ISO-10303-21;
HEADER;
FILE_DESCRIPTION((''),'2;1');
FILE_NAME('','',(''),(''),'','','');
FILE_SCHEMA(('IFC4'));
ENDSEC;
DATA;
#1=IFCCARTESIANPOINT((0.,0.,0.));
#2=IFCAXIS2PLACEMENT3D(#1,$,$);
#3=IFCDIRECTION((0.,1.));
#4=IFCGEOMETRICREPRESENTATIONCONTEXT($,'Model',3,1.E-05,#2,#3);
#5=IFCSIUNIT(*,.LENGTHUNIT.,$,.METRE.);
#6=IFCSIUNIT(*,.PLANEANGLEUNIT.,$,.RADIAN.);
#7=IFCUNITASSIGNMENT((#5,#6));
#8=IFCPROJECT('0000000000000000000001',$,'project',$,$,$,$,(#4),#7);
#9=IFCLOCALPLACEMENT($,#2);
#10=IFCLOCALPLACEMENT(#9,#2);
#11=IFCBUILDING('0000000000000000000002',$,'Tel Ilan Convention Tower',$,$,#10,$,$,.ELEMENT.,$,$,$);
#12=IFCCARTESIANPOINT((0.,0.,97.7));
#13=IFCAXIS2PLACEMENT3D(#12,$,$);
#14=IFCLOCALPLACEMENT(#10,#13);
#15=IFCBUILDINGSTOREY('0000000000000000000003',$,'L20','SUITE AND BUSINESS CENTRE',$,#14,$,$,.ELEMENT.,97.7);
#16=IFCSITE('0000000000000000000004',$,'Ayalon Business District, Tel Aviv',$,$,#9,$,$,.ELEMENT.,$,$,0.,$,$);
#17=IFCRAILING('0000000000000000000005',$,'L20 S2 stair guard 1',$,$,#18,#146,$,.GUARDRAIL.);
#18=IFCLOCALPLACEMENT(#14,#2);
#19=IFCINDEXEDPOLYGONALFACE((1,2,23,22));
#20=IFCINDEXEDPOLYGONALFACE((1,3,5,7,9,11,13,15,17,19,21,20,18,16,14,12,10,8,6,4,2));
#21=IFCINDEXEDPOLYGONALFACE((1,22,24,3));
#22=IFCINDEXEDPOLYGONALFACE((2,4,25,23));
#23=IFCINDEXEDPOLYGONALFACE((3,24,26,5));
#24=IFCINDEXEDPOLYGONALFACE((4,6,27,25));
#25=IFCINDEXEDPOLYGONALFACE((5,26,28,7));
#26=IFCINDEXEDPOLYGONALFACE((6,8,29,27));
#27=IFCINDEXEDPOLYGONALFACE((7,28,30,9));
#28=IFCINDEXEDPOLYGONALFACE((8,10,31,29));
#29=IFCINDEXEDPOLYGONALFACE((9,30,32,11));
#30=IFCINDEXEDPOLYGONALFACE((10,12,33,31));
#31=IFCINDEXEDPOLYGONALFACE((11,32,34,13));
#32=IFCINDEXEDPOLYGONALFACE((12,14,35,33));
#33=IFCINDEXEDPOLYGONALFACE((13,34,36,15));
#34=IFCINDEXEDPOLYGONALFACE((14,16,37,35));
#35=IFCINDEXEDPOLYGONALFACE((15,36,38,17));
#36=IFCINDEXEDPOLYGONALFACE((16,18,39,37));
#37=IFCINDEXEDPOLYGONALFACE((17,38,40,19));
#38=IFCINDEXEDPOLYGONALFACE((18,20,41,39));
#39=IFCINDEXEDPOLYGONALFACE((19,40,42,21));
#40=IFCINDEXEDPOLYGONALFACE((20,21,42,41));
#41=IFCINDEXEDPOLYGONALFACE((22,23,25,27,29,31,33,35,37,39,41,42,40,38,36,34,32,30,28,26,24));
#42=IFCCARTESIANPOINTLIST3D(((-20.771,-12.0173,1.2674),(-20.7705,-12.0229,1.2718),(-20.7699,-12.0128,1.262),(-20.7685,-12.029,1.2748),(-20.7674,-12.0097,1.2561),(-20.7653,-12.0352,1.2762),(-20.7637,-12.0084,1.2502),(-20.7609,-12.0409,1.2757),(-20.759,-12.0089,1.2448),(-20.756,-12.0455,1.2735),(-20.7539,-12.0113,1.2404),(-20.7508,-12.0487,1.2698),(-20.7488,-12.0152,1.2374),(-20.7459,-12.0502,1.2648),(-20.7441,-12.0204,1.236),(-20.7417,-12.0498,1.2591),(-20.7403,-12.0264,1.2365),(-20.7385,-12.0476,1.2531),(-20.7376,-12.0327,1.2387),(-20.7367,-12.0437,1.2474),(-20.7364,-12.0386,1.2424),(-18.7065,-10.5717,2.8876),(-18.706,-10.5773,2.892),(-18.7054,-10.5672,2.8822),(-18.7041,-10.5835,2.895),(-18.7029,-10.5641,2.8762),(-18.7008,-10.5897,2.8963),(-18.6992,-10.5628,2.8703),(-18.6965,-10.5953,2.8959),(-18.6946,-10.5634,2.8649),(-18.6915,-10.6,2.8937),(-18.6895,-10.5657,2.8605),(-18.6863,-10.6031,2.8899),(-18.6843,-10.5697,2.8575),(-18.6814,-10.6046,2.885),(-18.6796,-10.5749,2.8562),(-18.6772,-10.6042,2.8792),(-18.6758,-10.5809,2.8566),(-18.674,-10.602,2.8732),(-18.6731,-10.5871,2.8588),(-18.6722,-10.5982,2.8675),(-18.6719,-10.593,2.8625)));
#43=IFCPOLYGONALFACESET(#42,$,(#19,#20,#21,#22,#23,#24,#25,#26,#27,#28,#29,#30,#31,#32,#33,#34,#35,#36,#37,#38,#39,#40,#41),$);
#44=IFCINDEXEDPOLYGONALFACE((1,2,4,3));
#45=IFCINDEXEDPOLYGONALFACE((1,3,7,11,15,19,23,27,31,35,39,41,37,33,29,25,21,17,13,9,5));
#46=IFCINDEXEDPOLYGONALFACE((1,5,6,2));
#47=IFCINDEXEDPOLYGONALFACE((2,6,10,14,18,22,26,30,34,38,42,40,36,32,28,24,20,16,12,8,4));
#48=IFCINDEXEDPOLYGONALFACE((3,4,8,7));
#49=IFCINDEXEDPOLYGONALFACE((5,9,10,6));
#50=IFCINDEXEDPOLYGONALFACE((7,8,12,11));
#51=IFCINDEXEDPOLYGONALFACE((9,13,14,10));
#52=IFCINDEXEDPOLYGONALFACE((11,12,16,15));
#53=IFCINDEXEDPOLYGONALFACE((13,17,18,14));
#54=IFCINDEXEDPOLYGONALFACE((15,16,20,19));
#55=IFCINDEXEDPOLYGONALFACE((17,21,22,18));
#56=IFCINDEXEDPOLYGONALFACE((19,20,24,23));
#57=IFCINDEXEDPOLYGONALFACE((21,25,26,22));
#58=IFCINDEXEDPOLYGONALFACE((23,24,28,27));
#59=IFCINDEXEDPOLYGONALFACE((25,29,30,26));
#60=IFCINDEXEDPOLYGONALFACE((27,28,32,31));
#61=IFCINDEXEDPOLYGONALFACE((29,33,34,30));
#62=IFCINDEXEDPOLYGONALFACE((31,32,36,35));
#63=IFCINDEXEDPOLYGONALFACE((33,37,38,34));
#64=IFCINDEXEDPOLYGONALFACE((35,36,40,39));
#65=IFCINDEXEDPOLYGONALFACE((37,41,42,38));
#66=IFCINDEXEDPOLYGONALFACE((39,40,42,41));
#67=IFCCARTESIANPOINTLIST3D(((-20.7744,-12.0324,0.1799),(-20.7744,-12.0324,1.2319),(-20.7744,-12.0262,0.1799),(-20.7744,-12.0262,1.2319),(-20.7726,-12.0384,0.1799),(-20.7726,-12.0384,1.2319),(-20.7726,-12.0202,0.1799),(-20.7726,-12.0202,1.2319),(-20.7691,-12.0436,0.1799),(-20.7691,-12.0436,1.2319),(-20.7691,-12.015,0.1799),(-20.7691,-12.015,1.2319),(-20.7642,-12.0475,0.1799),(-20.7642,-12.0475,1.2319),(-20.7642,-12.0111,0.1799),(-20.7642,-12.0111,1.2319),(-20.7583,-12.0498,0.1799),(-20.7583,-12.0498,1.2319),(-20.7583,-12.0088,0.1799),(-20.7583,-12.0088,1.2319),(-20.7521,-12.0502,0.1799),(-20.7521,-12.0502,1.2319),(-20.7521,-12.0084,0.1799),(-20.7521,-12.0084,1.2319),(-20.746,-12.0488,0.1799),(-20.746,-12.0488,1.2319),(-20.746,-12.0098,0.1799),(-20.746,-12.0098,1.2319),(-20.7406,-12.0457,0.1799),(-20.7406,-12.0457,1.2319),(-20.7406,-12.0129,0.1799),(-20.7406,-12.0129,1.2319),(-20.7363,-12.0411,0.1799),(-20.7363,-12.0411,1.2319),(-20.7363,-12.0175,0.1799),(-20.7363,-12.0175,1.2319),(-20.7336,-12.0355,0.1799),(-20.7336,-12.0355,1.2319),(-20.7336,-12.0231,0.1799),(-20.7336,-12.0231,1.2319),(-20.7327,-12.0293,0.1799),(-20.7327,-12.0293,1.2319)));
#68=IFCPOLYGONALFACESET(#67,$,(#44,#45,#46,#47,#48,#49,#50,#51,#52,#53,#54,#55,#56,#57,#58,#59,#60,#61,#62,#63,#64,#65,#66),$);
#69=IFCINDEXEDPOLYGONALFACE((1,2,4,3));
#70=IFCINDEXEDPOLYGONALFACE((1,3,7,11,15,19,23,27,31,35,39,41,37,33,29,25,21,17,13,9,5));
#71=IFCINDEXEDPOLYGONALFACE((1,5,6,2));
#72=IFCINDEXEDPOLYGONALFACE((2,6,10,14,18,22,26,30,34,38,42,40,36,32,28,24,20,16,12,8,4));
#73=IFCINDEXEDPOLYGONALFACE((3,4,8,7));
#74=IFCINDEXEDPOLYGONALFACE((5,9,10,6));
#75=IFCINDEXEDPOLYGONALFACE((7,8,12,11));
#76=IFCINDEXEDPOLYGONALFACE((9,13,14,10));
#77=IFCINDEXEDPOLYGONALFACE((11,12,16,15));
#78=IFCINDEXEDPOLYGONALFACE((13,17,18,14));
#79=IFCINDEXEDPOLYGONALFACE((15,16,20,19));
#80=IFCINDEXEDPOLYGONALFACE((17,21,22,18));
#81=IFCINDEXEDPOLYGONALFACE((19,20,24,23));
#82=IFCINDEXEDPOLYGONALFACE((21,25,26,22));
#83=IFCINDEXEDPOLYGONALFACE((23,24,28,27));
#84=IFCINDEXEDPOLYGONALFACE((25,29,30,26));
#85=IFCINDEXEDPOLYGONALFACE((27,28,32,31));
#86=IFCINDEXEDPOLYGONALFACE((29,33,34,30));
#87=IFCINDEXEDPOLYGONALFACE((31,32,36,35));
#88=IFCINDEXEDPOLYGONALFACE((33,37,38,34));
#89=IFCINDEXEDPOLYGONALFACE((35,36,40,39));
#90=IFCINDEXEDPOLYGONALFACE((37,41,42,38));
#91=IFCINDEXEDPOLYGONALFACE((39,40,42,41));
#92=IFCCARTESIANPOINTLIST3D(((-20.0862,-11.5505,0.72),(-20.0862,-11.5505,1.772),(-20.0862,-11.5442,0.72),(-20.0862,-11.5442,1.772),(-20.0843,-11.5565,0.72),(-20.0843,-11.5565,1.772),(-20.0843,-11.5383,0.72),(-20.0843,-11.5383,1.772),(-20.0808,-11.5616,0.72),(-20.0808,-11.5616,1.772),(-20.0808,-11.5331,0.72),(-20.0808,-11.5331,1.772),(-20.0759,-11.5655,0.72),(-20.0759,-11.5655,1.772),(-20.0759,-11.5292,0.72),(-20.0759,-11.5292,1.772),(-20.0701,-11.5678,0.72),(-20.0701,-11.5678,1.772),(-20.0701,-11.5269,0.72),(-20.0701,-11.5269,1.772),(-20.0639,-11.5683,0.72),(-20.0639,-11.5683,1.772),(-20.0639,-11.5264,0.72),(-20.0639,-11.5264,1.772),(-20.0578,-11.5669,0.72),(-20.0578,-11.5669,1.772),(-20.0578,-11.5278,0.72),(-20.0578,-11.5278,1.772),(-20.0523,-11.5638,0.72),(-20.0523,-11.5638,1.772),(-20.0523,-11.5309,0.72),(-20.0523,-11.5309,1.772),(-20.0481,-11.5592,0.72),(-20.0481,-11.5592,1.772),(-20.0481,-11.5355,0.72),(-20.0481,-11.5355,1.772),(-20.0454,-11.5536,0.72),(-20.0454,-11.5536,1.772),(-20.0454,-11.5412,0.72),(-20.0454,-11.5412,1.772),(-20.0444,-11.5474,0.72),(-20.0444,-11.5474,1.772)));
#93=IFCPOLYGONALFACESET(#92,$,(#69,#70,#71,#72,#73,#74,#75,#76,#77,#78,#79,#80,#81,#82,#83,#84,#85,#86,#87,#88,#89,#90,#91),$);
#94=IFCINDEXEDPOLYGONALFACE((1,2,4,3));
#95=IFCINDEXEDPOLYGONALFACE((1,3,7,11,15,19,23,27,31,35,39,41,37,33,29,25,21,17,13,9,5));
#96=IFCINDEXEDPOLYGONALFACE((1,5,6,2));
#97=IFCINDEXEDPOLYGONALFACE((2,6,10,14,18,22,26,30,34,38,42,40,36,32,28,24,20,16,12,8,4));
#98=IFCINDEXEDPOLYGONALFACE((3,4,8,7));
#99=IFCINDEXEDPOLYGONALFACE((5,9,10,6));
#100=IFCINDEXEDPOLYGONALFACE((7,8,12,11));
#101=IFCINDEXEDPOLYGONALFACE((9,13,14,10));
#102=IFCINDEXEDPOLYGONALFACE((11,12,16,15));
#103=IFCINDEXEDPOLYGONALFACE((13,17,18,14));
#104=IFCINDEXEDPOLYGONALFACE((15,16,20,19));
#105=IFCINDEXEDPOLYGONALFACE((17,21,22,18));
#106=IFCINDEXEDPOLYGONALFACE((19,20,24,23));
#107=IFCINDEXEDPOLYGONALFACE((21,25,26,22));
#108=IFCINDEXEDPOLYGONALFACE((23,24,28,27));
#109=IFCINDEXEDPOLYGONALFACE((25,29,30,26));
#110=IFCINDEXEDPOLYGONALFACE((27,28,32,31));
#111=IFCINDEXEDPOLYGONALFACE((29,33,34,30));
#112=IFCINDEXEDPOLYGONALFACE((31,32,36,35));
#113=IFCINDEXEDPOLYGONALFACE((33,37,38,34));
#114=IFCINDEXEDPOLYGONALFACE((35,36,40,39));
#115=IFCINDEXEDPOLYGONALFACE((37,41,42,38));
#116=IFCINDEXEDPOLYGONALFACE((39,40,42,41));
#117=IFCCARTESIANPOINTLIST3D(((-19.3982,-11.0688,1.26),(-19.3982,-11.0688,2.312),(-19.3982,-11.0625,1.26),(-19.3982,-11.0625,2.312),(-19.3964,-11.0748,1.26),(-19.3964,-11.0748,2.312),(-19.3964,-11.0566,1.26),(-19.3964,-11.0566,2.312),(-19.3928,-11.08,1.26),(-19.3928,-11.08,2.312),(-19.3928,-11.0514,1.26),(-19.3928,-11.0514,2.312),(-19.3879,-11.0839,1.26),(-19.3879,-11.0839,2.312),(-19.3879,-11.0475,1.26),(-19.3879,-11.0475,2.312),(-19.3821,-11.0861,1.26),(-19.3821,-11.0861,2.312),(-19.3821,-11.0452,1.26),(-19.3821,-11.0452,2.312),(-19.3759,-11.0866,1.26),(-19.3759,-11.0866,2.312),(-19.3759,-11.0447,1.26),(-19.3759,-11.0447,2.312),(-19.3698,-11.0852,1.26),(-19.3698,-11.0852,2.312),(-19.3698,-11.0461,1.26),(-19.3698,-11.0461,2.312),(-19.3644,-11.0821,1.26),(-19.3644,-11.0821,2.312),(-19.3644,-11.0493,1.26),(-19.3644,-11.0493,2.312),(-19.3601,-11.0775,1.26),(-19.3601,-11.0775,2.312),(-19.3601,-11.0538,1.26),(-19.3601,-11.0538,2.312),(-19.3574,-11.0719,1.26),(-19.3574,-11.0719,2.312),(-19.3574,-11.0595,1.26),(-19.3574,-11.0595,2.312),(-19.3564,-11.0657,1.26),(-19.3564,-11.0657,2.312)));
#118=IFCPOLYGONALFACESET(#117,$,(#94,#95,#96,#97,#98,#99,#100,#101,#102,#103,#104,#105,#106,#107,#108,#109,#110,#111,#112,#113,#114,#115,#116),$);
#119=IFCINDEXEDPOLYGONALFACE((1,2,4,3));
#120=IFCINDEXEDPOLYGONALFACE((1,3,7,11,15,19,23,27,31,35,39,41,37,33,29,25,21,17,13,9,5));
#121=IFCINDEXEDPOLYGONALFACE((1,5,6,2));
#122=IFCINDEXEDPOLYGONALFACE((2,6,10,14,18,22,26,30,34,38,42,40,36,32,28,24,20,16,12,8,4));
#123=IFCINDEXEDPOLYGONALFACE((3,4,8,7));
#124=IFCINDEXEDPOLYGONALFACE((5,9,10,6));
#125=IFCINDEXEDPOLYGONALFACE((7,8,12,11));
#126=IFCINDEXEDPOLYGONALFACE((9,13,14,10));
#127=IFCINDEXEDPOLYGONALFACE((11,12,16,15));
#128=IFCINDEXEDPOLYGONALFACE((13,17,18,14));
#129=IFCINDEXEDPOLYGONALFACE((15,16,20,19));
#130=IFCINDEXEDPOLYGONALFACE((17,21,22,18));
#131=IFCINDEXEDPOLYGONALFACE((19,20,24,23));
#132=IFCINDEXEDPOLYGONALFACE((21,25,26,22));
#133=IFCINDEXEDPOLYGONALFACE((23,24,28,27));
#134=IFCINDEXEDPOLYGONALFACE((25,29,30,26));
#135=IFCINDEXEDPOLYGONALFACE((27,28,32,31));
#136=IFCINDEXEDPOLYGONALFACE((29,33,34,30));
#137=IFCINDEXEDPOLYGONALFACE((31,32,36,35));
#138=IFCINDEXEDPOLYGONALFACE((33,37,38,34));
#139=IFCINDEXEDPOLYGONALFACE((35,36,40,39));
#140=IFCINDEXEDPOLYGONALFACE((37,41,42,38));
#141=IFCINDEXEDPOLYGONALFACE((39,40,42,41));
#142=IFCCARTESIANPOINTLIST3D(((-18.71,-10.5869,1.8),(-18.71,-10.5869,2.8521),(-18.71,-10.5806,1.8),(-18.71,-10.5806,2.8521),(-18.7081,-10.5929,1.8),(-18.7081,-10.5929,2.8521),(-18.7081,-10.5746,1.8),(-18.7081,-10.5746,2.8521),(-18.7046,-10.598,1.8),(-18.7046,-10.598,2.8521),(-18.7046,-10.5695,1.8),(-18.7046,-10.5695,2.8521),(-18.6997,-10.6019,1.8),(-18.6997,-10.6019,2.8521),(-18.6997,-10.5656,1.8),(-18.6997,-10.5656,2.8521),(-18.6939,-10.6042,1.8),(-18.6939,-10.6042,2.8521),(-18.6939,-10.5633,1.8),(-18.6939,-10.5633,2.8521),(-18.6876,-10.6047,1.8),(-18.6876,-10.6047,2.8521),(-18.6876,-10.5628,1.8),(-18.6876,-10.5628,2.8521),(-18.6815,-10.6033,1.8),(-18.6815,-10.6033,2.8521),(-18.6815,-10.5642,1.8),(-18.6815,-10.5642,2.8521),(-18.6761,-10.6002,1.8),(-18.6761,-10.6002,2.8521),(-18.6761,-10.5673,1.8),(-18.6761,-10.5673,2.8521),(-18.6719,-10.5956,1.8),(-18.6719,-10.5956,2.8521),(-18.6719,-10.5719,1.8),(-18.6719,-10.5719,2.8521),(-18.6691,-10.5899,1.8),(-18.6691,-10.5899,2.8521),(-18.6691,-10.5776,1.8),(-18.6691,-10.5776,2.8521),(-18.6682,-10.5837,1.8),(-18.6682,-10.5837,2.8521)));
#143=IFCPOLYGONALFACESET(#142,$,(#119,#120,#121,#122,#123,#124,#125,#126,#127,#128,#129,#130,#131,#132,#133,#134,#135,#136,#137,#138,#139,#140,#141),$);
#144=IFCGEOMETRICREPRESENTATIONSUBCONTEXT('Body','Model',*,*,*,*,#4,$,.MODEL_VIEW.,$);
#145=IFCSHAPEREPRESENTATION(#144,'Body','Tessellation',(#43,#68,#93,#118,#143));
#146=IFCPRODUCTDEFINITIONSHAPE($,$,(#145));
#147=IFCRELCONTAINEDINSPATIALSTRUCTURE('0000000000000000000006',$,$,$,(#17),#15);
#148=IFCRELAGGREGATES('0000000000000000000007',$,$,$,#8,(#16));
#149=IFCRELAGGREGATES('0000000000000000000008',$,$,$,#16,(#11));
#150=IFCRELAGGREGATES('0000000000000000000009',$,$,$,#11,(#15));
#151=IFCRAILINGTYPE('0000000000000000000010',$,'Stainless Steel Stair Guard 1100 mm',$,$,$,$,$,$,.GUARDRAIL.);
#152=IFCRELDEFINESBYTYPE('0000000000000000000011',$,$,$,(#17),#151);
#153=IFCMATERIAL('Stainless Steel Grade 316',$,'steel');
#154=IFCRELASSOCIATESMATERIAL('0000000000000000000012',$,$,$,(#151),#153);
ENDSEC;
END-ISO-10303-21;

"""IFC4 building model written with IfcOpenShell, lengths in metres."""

from ifc_helpers import new_model, si_unit, direction, frame, origin, origin_2d, place, context, subcontext, project, spatial, circle, extrude, material, type_object, element, save


model = new_model("IFC4")

# Units and contexts
model_context = context("Model", 3, precision=1e-05, world=origin(), true_north=direction((0.0, 1.0)))
body_context = subcontext(model_context, "Body", "Model", "MODEL_VIEW")
ifc_project = project(units=[si_unit("LENGTHUNIT", "METRE"), si_unit("PLANEANGLEUNIT", "RADIAN")], contexts=[model_context])

# Site, building, storey
site_placement = place(None, origin())
site = spatial("IfcSite", under=ifc_project, at=site_placement, Name="Ayalon Business District, Tel Aviv", CompositionType="ELEMENT", RefElevation=0.0)
building_placement = place(site_placement, origin())
building = spatial("IfcBuilding", under=site, at=building_placement, Name="Tel Ilan Convention Tower", CompositionType="ELEMENT")
storey_placement = place(building_placement, frame((0.0, 0.0, 97.7)))
storey = spatial("IfcBuildingStorey", under=building, at=storey_placement, Name="L20", Description="SUITE AND BUSINESS CENTRE", CompositionType="ELEMENT", Elevation=97.7)

# Railing
ifc_material_1 = material(Name="Stainless Steel Grade 316", Category="steel")
railing_type_1 = type_object("IfcRailingType", Name="Stainless Steel Stair Guard 1100 mm", PredefinedType="GUARDRAIL", material=ifc_material_1)
railing_1_placement = place(storey_placement, frame((-20.7537, -12.0293, 0.1799)))
element("IfcRailing", 1, at=railing_1_placement, inside=storey, type_object=railing_type_1, Name="L20 S2 stair guard 1", PredefinedType="GUARDRAIL", context=body_context, shape_type="SweptSolid", body=[
    extrude(circle(Radius=0.0239, at=origin_2d()), frame((0.0, 0.0, 1.0762), z_axis=(0.689056, 0.482486, 0.540749), x_axis=(-0.573579, 0.81915, 0.0)), (0.0, 0.0, 1.0), 2.9961),
    extrude(circle(Radius=0.021, at=origin_2d()), origin(), (0.0, 0.0, 1.0), 1.052),
    extrude(circle(Radius=0.021, at=origin_2d()), frame((0.6882, 0.4819, 0.54)), (0.0, 0.0, 1.0), 1.052),
    extrude(circle(Radius=0.021, at=origin_2d()), frame((1.3762, 0.9636, 1.0801)), (0.0, 0.0, 1.0), 1.052),
    extrude(circle(Radius=0.021, at=origin_2d()), frame((2.0645, 1.4456, 1.6201)), (0.0, 0.0, 1.0), 1.052),
])

save(model, "model.ifc")
